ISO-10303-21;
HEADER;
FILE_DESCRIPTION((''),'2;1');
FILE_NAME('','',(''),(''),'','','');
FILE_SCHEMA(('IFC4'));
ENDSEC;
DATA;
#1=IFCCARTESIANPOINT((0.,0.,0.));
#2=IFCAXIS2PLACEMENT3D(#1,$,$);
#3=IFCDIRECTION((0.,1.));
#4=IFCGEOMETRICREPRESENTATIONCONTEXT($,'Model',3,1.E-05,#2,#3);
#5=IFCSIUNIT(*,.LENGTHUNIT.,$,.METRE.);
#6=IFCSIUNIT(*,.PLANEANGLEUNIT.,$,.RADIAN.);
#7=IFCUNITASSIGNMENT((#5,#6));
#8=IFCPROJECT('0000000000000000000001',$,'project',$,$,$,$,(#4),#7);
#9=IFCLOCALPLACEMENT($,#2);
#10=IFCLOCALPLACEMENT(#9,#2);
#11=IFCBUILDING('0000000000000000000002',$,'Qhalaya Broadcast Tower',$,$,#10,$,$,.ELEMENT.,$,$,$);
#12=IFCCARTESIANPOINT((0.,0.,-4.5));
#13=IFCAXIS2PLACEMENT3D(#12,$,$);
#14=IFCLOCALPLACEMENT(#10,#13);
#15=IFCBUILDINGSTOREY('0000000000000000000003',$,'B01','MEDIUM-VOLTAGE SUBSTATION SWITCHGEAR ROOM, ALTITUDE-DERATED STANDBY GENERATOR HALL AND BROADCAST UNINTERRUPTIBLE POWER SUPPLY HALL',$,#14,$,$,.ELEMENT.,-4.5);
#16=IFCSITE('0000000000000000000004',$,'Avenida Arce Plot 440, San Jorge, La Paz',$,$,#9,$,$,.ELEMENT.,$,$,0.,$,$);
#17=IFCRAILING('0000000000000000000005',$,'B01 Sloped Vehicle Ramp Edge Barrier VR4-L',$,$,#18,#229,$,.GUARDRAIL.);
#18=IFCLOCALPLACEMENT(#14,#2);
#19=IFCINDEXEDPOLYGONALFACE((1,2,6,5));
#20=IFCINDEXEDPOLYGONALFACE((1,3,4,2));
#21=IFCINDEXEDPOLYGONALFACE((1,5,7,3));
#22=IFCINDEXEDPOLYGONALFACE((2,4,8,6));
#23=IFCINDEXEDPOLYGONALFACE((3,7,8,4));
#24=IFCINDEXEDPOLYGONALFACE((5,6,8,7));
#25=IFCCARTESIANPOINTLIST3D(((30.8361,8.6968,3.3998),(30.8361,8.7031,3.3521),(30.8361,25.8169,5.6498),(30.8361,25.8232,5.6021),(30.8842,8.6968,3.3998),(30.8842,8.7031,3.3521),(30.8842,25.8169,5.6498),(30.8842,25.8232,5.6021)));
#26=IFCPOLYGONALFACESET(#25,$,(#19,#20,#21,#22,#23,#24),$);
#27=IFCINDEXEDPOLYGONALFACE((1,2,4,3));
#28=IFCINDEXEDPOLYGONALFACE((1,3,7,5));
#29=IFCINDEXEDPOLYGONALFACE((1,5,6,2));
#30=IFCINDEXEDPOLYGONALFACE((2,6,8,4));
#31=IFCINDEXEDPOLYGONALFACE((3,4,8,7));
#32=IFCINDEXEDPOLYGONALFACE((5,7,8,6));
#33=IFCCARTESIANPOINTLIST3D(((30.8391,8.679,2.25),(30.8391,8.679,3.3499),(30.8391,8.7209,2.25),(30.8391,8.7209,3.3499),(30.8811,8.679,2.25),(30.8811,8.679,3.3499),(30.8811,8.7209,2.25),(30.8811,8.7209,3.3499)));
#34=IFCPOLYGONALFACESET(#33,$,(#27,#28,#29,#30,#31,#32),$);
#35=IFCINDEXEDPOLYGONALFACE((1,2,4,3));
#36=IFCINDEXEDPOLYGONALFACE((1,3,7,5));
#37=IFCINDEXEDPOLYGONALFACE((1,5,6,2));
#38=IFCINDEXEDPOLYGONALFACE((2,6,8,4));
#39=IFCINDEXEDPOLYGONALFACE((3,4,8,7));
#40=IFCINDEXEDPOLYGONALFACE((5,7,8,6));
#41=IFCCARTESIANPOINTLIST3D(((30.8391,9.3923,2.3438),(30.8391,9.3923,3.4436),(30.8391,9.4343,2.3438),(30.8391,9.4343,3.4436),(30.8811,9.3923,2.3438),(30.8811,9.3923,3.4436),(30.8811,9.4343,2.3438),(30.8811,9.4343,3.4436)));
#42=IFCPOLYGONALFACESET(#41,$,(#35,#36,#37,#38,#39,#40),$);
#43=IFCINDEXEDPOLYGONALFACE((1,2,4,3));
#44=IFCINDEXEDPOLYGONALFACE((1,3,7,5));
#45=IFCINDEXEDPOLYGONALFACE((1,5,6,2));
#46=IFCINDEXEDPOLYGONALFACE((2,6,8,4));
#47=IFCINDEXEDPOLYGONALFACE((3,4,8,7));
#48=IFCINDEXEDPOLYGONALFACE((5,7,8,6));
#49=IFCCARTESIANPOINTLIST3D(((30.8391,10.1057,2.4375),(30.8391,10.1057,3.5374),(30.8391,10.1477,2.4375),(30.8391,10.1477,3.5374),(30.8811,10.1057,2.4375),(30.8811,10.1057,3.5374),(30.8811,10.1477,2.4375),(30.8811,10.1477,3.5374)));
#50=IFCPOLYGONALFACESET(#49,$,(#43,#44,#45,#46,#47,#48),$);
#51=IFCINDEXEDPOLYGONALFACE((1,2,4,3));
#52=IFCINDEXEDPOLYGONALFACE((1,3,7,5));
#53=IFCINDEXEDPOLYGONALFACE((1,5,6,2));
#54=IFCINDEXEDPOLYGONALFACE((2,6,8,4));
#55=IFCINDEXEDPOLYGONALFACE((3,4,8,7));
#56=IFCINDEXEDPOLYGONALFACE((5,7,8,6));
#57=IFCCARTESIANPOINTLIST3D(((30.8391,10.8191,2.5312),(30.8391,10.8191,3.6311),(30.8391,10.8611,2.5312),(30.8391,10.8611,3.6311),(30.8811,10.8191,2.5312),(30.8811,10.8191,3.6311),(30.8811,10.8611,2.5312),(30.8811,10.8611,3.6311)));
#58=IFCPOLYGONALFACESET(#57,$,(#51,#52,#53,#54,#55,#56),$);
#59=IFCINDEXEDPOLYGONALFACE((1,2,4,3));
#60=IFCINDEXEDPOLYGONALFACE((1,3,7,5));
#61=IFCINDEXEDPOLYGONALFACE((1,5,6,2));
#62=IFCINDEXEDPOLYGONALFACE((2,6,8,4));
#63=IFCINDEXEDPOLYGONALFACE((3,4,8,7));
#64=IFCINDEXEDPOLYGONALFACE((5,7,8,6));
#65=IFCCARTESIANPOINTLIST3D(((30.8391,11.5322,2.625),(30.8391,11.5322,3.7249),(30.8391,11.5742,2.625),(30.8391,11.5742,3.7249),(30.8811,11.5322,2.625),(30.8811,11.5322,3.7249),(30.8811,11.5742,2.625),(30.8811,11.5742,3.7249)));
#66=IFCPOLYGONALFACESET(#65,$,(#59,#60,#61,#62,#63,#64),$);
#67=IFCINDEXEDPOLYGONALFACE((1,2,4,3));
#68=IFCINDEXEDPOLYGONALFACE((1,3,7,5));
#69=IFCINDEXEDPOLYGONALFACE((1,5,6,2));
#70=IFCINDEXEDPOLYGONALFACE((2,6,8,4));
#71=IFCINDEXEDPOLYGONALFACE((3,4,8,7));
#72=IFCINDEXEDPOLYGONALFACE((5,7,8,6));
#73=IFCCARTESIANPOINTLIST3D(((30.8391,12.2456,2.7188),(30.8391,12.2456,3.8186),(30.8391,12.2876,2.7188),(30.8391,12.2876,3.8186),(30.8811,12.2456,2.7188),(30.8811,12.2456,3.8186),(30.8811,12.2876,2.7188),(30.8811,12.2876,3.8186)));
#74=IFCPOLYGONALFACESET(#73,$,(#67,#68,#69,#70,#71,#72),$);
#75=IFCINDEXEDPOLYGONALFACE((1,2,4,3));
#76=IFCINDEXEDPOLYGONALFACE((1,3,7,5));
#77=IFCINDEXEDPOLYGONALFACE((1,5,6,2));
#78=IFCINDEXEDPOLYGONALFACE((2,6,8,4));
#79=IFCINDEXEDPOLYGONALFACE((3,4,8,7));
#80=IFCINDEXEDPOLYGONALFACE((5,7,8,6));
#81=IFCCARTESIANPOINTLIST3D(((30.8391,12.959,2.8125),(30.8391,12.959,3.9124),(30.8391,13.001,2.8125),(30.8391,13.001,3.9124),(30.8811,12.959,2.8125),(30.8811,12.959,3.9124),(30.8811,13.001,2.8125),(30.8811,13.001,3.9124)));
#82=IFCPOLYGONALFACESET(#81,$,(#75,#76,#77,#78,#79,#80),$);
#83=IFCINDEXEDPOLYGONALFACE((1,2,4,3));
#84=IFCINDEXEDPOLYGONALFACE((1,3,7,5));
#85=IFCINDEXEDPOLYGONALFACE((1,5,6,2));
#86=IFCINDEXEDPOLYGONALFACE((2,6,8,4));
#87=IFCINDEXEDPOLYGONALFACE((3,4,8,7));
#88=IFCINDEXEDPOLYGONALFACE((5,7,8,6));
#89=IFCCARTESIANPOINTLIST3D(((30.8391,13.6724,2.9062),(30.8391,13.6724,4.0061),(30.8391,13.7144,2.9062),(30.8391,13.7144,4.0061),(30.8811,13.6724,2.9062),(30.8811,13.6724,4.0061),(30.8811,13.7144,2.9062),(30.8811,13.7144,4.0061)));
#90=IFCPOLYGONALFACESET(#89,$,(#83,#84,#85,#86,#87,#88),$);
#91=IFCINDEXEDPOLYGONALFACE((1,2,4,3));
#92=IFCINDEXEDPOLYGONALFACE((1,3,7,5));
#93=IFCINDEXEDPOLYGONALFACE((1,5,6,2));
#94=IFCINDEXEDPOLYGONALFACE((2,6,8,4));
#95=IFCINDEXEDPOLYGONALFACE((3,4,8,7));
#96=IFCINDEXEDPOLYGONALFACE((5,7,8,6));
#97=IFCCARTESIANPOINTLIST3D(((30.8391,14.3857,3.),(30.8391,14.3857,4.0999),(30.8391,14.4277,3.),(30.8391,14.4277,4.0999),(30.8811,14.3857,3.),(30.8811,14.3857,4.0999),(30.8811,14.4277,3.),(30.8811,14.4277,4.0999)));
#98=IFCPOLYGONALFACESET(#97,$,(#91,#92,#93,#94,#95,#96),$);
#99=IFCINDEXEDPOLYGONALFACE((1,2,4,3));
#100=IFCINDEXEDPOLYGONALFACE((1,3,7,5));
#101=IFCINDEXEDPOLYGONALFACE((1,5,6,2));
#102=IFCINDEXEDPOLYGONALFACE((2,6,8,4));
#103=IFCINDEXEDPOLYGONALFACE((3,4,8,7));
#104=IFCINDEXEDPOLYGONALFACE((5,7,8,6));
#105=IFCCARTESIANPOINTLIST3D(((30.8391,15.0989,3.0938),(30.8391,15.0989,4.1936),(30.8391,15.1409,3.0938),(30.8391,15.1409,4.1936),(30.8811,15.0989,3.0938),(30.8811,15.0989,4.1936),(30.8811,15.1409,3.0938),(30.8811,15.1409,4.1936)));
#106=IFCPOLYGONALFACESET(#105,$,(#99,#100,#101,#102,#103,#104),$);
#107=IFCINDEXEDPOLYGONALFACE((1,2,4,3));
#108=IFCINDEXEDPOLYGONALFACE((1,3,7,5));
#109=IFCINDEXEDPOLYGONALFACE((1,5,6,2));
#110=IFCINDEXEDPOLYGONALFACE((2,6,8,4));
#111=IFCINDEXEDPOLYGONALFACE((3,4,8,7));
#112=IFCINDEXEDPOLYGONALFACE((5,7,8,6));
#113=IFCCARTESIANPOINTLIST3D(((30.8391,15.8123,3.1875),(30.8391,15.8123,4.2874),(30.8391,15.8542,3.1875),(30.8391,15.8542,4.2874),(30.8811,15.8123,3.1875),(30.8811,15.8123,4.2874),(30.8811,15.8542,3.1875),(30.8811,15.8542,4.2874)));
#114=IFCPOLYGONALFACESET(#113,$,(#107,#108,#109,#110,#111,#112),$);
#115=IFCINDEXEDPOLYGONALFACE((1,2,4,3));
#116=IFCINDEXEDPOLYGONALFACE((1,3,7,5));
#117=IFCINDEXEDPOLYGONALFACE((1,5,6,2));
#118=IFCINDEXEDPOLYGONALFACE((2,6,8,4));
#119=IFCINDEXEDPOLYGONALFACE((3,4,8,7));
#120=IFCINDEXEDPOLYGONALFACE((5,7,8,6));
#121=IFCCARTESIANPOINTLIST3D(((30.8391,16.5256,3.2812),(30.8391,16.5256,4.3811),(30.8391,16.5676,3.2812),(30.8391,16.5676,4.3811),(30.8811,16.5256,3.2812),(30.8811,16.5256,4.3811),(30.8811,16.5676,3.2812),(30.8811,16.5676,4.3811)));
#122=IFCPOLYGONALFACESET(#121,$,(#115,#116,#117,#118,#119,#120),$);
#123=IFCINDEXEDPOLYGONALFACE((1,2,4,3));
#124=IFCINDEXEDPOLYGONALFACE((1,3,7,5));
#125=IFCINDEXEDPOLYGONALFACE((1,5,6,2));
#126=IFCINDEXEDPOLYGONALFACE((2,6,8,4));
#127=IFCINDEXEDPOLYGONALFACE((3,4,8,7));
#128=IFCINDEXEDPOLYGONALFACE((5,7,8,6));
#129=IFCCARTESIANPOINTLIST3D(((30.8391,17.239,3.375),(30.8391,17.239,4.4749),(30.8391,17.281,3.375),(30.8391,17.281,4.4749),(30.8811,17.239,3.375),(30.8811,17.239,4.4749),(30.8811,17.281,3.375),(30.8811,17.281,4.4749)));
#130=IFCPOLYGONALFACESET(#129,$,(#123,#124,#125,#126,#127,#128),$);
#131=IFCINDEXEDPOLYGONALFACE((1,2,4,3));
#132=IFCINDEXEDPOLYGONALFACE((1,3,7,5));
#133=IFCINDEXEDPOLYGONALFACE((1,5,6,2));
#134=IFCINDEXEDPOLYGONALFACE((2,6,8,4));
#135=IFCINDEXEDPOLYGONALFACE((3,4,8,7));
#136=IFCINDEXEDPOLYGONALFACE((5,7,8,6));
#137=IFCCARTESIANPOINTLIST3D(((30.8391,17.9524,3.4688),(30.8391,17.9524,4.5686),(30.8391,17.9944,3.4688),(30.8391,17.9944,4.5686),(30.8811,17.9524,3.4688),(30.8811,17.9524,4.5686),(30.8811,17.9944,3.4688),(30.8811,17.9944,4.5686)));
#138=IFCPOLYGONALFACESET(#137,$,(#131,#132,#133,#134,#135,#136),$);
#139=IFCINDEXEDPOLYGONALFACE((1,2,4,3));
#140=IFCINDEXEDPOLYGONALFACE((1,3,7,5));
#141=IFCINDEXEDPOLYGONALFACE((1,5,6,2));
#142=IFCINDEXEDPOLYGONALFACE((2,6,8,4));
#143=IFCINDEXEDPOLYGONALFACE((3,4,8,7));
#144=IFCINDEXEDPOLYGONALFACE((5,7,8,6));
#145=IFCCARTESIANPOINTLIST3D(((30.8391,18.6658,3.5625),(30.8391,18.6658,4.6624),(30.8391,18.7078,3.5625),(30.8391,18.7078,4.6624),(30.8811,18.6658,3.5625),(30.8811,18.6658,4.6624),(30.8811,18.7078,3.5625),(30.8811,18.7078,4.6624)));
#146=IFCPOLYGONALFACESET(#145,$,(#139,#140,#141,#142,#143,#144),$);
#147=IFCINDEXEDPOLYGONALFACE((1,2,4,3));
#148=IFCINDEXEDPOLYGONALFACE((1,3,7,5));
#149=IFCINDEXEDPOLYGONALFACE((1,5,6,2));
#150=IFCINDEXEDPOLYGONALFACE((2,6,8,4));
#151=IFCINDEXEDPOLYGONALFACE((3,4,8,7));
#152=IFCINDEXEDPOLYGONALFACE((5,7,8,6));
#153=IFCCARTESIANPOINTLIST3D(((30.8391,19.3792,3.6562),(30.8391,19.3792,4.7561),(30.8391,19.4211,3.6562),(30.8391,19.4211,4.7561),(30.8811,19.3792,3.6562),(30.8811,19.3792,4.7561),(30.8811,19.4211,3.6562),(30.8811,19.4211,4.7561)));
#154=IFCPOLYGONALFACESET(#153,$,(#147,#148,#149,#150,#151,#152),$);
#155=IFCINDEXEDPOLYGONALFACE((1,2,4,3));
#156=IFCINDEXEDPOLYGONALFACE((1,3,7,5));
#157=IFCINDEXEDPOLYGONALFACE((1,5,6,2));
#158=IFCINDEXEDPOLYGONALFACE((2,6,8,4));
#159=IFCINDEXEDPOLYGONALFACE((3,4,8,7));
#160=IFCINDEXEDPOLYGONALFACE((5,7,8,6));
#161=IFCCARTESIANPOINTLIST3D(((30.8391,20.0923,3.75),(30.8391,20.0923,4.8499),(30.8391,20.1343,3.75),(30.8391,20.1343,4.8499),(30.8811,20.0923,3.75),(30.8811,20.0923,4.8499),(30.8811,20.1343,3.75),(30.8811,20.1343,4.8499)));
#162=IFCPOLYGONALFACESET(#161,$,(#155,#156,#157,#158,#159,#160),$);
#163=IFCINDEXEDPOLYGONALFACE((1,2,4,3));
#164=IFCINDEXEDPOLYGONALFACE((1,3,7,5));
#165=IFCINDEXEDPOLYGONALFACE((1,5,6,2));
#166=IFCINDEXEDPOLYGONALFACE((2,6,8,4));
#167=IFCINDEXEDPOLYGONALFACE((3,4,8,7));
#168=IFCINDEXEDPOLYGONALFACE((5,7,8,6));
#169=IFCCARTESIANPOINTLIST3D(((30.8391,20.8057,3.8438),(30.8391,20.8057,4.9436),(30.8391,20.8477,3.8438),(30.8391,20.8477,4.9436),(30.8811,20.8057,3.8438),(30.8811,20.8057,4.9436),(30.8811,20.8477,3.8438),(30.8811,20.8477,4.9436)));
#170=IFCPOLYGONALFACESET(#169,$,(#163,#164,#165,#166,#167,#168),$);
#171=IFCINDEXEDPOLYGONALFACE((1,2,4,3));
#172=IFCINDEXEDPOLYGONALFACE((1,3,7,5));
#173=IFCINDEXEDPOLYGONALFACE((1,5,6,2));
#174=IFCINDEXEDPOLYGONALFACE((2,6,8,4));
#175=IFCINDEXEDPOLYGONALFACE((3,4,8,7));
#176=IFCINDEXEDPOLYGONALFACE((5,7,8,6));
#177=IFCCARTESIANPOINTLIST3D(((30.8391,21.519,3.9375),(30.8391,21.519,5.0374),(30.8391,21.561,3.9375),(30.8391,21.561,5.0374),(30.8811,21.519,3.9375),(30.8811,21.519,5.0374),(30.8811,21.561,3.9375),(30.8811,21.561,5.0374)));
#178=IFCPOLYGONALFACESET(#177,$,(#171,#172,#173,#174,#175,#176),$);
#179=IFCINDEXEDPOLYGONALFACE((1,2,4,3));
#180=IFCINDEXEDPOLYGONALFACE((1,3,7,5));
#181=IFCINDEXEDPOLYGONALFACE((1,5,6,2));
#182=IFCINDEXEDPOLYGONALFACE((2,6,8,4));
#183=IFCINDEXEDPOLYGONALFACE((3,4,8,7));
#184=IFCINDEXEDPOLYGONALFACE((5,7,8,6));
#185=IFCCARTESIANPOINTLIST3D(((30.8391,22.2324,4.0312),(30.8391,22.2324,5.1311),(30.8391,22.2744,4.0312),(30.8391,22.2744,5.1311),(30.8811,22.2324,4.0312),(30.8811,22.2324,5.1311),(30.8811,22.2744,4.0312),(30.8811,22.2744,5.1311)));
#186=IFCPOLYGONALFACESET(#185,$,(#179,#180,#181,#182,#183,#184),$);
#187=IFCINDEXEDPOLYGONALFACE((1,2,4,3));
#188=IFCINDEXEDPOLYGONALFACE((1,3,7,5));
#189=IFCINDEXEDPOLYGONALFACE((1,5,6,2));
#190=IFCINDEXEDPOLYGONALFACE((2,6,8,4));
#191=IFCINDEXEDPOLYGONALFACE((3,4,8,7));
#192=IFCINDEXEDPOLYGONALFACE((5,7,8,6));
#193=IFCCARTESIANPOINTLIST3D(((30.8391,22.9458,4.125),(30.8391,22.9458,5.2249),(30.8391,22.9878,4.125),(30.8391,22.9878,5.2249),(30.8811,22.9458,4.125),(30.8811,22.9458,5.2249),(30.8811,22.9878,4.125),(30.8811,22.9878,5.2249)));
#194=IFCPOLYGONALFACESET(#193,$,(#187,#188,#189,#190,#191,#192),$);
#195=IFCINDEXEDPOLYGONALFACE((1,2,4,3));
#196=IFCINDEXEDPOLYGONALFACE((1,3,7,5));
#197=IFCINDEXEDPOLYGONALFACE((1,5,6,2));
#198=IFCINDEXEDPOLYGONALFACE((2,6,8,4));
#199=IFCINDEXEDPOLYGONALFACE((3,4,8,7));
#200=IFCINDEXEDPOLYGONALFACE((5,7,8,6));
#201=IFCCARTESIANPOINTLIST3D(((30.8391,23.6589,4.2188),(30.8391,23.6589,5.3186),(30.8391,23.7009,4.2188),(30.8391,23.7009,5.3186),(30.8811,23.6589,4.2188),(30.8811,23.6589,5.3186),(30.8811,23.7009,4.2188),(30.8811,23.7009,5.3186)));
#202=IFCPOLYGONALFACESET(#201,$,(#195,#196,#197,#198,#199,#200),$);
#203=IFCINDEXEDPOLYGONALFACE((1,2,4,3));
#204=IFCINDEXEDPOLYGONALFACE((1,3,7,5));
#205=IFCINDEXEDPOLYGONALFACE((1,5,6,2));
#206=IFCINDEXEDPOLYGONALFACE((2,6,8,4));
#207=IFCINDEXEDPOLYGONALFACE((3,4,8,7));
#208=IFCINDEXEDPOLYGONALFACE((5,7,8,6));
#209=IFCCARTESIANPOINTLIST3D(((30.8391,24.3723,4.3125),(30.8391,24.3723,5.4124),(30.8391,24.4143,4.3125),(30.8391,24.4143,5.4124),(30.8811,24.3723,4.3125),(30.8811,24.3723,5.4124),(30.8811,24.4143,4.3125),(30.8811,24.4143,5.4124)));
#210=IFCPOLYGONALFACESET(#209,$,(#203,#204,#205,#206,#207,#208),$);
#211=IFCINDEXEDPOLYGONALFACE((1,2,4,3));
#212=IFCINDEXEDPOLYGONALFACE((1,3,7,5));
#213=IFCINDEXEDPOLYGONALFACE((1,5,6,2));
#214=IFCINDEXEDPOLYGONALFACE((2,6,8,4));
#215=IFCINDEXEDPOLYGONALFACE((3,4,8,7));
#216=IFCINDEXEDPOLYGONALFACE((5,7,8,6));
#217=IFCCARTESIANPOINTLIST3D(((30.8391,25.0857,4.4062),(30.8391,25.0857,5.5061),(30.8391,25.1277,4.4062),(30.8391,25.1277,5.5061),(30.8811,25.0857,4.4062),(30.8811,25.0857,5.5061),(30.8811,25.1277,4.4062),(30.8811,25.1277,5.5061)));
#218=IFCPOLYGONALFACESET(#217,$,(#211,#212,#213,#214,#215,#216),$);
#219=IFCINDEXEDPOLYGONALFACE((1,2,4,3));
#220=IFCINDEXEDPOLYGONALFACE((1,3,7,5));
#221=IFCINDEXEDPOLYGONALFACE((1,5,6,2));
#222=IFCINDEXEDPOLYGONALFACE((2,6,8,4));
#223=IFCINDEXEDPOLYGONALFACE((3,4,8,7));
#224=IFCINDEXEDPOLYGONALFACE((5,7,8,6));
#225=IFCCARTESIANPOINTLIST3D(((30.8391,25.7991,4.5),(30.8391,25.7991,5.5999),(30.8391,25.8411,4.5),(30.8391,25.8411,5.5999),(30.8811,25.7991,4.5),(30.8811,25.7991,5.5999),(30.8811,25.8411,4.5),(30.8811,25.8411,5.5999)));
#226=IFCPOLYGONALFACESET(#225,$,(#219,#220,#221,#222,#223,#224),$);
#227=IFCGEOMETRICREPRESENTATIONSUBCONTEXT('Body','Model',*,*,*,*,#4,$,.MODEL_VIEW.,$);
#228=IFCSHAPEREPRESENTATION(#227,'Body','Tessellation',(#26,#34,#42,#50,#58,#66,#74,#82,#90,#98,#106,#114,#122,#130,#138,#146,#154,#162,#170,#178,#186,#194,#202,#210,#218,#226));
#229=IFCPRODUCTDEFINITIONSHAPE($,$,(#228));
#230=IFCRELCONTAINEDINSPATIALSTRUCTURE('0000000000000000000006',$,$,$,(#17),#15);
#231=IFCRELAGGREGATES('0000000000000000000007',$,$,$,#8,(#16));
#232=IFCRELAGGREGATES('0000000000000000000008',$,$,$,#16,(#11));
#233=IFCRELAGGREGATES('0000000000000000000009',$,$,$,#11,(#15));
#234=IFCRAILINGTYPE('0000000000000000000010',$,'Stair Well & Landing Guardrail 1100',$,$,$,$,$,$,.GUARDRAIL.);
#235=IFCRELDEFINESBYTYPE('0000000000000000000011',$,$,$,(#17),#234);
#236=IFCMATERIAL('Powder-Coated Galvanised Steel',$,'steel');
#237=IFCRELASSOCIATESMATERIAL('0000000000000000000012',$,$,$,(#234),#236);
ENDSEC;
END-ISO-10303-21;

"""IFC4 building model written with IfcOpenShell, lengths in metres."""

from ifc_helpers import new_model, si_unit, direction, frame, origin, origin_2d, place, context, subcontext, project, spatial, rectangle, extrude, material, type_object, element, save


model = new_model("IFC4")

# Units and contexts
model_context = context("Model", 3, precision=1e-05, world=origin(), true_north=direction((0.0, 1.0)))
body_context = subcontext(model_context, "Body", "Model", "MODEL_VIEW")
ifc_project = project(units=[si_unit("LENGTHUNIT", "METRE"), si_unit("PLANEANGLEUNIT", "RADIAN")], contexts=[model_context])

# Site, building, storey
site_placement = place(None, origin())
site = spatial("IfcSite", under=ifc_project, at=site_placement, Name="Avenida Arce Plot 440, San Jorge, La Paz", CompositionType="ELEMENT", RefElevation=0.0)
building_placement = place(site_placement, origin())
building = spatial("IfcBuilding", under=site, at=building_placement, Name="Qhalaya Broadcast Tower", CompositionType="ELEMENT")
storey_placement = place(building_placement, frame((0.0, 0.0, -4.5)))
storey = spatial("IfcBuildingStorey", under=building, at=storey_placement, Name="B01", Description="MEDIUM-VOLTAGE SUBSTATION SWITCHGEAR ROOM, ALTITUDE-DERATED STANDBY GENERATOR HALL AND BROADCAST UNINTERRUPTIBLE POWER SUPPLY HALL", CompositionType="ELEMENT", Elevation=-4.5)

# Railing
ifc_material_1 = material(Name="Powder-Coated Galvanised Steel", Category="steel")
railing_type = type_object("IfcRailingType", Name="Stair Well & Landing Guardrail 1100", PredefinedType="GUARDRAIL", material=ifc_material_1)
railing_1_placement = place(storey_placement, frame((30.8601, 8.7, 2.25)))
element("IfcRailing", 1, at=railing_1_placement, inside=storey, type_object=railing_type, Name="B01 Sloped Vehicle Ramp Edge Barrier VR4-L", PredefinedType="GUARDRAIL", context=body_context, shape_type="SweptSolid", body=[
    extrude(rectangle(XDim=0.0481, YDim=0.0481, at=origin_2d()), frame((0.0, 0.0, 1.126), z_axis=(0.0, 0.991474, 0.130304), x_axis=(-1.0, 0.0, 0.0)), (0.0, 0.0, 1.0), 17.2673),
    extrude(rectangle(XDim=0.042, YDim=0.042, at=origin_2d()), origin(), (0.0, 0.0, 1.0), 1.0999),
    extrude(rectangle(XDim=0.042, YDim=0.042, at=origin_2d()), frame((0.0, 0.7134, 0.0938)), (0.0, 0.0, 1.0), 1.0999),
    extrude(rectangle(XDim=0.042, YDim=0.042, at=origin_2d()), frame((0.0, 1.4268, 0.1875)), (0.0, 0.0, 1.0), 1.0999),
    extrude(rectangle(XDim=0.042, YDim=0.042, at=origin_2d()), frame((0.0, 2.1401, 0.2812)), (0.0, 0.0, 1.0), 1.0999),
    extrude(rectangle(XDim=0.042, YDim=0.042, at=origin_2d()), frame((0.0, 2.8533, 0.375)), (0.0, 0.0, 1.0), 1.0999),
    extrude(rectangle(XDim=0.042, YDim=0.042, at=origin_2d()), frame((0.0, 3.5667, 0.4688)), (0.0, 0.0, 1.0), 1.0999),
    extrude(rectangle(XDim=0.042, YDim=0.042, at=origin_2d()), frame((0.0, 4.28, 0.5625)), (0.0, 0.0, 1.0), 1.0999),
    extrude(rectangle(XDim=0.042, YDim=0.042, at=origin_2d()), frame((0.0, 4.9934, 0.6562)), (0.0, 0.0, 1.0), 1.0999),
    extrude(rectangle(XDim=0.042, YDim=0.042, at=origin_2d()), frame((0.0, 5.7068, 0.75)), (0.0, 0.0, 1.0), 1.0999),
    extrude(rectangle(XDim=0.042, YDim=0.042, at=origin_2d()), frame((0.0, 6.4199, 0.8438)), (0.0, 0.0, 1.0), 1.0999),
    extrude(rectangle(XDim=0.042, YDim=0.042, at=origin_2d()), frame((0.0, 7.1333, 0.9375)), (0.0, 0.0, 1.0), 1.0999),
    extrude(rectangle(XDim=0.042, YDim=0.042, at=origin_2d()), frame((0.0, 7.8467, 1.0312)), (0.0, 0.0, 1.0), 1.0999),
    extrude(rectangle(XDim=0.042, YDim=0.042, at=origin_2d()), frame((0.0, 8.5601, 1.125)), (0.0, 0.0, 1.0), 1.0999),
    extrude(rectangle(XDim=0.042, YDim=0.042, at=origin_2d()), frame((0.0, 9.2734, 1.2188)), (0.0, 0.0, 1.0), 1.0999),
    extrude(rectangle(XDim=0.042, YDim=0.042, at=origin_2d()), frame((0.0, 9.9868, 1.3125)), (0.0, 0.0, 1.0), 1.0999),
    extrude(rectangle(XDim=0.042, YDim=0.042, at=origin_2d()), frame((0.0, 10.7002, 1.4062)), (0.0, 0.0, 1.0), 1.0999),
    extrude(rectangle(XDim=0.042, YDim=0.042, at=origin_2d()), frame((0.0, 11.4133, 1.5)), (0.0, 0.0, 1.0), 1.0999),
    extrude(rectangle(XDim=0.042, YDim=0.042, at=origin_2d()), frame((0.0, 12.1267, 1.5938)), (0.0, 0.0, 1.0), 1.0999),
    extrude(rectangle(XDim=0.042, YDim=0.042, at=origin_2d()), frame((0.0, 12.8401, 1.6875)), (0.0, 0.0, 1.0), 1.0999),
    extrude(rectangle(XDim=0.042, YDim=0.042, at=origin_2d()), frame((0.0, 13.5535, 1.7812)), (0.0, 0.0, 1.0), 1.0999),
    extrude(rectangle(XDim=0.042, YDim=0.042, at=origin_2d()), frame((0.0, 14.2668, 1.875)), (0.0, 0.0, 1.0), 1.0999),
    extrude(rectangle(XDim=0.042, YDim=0.042, at=origin_2d()), frame((0.0, 14.98, 1.9688)), (0.0, 0.0, 1.0), 1.0999),
    extrude(rectangle(XDim=0.042, YDim=0.042, at=origin_2d()), frame((0.0, 15.6934, 2.0625)), (0.0, 0.0, 1.0), 1.0999),
    extrude(rectangle(XDim=0.042, YDim=0.042, at=origin_2d()), frame((0.0, 16.4067, 2.1562)), (0.0, 0.0, 1.0), 1.0999),
    extrude(rectangle(XDim=0.042, YDim=0.042, at=origin_2d()), frame((0.0, 17.1201, 2.25)), (0.0, 0.0, 1.0), 1.0999),
])

save(model, "model.ifc")
